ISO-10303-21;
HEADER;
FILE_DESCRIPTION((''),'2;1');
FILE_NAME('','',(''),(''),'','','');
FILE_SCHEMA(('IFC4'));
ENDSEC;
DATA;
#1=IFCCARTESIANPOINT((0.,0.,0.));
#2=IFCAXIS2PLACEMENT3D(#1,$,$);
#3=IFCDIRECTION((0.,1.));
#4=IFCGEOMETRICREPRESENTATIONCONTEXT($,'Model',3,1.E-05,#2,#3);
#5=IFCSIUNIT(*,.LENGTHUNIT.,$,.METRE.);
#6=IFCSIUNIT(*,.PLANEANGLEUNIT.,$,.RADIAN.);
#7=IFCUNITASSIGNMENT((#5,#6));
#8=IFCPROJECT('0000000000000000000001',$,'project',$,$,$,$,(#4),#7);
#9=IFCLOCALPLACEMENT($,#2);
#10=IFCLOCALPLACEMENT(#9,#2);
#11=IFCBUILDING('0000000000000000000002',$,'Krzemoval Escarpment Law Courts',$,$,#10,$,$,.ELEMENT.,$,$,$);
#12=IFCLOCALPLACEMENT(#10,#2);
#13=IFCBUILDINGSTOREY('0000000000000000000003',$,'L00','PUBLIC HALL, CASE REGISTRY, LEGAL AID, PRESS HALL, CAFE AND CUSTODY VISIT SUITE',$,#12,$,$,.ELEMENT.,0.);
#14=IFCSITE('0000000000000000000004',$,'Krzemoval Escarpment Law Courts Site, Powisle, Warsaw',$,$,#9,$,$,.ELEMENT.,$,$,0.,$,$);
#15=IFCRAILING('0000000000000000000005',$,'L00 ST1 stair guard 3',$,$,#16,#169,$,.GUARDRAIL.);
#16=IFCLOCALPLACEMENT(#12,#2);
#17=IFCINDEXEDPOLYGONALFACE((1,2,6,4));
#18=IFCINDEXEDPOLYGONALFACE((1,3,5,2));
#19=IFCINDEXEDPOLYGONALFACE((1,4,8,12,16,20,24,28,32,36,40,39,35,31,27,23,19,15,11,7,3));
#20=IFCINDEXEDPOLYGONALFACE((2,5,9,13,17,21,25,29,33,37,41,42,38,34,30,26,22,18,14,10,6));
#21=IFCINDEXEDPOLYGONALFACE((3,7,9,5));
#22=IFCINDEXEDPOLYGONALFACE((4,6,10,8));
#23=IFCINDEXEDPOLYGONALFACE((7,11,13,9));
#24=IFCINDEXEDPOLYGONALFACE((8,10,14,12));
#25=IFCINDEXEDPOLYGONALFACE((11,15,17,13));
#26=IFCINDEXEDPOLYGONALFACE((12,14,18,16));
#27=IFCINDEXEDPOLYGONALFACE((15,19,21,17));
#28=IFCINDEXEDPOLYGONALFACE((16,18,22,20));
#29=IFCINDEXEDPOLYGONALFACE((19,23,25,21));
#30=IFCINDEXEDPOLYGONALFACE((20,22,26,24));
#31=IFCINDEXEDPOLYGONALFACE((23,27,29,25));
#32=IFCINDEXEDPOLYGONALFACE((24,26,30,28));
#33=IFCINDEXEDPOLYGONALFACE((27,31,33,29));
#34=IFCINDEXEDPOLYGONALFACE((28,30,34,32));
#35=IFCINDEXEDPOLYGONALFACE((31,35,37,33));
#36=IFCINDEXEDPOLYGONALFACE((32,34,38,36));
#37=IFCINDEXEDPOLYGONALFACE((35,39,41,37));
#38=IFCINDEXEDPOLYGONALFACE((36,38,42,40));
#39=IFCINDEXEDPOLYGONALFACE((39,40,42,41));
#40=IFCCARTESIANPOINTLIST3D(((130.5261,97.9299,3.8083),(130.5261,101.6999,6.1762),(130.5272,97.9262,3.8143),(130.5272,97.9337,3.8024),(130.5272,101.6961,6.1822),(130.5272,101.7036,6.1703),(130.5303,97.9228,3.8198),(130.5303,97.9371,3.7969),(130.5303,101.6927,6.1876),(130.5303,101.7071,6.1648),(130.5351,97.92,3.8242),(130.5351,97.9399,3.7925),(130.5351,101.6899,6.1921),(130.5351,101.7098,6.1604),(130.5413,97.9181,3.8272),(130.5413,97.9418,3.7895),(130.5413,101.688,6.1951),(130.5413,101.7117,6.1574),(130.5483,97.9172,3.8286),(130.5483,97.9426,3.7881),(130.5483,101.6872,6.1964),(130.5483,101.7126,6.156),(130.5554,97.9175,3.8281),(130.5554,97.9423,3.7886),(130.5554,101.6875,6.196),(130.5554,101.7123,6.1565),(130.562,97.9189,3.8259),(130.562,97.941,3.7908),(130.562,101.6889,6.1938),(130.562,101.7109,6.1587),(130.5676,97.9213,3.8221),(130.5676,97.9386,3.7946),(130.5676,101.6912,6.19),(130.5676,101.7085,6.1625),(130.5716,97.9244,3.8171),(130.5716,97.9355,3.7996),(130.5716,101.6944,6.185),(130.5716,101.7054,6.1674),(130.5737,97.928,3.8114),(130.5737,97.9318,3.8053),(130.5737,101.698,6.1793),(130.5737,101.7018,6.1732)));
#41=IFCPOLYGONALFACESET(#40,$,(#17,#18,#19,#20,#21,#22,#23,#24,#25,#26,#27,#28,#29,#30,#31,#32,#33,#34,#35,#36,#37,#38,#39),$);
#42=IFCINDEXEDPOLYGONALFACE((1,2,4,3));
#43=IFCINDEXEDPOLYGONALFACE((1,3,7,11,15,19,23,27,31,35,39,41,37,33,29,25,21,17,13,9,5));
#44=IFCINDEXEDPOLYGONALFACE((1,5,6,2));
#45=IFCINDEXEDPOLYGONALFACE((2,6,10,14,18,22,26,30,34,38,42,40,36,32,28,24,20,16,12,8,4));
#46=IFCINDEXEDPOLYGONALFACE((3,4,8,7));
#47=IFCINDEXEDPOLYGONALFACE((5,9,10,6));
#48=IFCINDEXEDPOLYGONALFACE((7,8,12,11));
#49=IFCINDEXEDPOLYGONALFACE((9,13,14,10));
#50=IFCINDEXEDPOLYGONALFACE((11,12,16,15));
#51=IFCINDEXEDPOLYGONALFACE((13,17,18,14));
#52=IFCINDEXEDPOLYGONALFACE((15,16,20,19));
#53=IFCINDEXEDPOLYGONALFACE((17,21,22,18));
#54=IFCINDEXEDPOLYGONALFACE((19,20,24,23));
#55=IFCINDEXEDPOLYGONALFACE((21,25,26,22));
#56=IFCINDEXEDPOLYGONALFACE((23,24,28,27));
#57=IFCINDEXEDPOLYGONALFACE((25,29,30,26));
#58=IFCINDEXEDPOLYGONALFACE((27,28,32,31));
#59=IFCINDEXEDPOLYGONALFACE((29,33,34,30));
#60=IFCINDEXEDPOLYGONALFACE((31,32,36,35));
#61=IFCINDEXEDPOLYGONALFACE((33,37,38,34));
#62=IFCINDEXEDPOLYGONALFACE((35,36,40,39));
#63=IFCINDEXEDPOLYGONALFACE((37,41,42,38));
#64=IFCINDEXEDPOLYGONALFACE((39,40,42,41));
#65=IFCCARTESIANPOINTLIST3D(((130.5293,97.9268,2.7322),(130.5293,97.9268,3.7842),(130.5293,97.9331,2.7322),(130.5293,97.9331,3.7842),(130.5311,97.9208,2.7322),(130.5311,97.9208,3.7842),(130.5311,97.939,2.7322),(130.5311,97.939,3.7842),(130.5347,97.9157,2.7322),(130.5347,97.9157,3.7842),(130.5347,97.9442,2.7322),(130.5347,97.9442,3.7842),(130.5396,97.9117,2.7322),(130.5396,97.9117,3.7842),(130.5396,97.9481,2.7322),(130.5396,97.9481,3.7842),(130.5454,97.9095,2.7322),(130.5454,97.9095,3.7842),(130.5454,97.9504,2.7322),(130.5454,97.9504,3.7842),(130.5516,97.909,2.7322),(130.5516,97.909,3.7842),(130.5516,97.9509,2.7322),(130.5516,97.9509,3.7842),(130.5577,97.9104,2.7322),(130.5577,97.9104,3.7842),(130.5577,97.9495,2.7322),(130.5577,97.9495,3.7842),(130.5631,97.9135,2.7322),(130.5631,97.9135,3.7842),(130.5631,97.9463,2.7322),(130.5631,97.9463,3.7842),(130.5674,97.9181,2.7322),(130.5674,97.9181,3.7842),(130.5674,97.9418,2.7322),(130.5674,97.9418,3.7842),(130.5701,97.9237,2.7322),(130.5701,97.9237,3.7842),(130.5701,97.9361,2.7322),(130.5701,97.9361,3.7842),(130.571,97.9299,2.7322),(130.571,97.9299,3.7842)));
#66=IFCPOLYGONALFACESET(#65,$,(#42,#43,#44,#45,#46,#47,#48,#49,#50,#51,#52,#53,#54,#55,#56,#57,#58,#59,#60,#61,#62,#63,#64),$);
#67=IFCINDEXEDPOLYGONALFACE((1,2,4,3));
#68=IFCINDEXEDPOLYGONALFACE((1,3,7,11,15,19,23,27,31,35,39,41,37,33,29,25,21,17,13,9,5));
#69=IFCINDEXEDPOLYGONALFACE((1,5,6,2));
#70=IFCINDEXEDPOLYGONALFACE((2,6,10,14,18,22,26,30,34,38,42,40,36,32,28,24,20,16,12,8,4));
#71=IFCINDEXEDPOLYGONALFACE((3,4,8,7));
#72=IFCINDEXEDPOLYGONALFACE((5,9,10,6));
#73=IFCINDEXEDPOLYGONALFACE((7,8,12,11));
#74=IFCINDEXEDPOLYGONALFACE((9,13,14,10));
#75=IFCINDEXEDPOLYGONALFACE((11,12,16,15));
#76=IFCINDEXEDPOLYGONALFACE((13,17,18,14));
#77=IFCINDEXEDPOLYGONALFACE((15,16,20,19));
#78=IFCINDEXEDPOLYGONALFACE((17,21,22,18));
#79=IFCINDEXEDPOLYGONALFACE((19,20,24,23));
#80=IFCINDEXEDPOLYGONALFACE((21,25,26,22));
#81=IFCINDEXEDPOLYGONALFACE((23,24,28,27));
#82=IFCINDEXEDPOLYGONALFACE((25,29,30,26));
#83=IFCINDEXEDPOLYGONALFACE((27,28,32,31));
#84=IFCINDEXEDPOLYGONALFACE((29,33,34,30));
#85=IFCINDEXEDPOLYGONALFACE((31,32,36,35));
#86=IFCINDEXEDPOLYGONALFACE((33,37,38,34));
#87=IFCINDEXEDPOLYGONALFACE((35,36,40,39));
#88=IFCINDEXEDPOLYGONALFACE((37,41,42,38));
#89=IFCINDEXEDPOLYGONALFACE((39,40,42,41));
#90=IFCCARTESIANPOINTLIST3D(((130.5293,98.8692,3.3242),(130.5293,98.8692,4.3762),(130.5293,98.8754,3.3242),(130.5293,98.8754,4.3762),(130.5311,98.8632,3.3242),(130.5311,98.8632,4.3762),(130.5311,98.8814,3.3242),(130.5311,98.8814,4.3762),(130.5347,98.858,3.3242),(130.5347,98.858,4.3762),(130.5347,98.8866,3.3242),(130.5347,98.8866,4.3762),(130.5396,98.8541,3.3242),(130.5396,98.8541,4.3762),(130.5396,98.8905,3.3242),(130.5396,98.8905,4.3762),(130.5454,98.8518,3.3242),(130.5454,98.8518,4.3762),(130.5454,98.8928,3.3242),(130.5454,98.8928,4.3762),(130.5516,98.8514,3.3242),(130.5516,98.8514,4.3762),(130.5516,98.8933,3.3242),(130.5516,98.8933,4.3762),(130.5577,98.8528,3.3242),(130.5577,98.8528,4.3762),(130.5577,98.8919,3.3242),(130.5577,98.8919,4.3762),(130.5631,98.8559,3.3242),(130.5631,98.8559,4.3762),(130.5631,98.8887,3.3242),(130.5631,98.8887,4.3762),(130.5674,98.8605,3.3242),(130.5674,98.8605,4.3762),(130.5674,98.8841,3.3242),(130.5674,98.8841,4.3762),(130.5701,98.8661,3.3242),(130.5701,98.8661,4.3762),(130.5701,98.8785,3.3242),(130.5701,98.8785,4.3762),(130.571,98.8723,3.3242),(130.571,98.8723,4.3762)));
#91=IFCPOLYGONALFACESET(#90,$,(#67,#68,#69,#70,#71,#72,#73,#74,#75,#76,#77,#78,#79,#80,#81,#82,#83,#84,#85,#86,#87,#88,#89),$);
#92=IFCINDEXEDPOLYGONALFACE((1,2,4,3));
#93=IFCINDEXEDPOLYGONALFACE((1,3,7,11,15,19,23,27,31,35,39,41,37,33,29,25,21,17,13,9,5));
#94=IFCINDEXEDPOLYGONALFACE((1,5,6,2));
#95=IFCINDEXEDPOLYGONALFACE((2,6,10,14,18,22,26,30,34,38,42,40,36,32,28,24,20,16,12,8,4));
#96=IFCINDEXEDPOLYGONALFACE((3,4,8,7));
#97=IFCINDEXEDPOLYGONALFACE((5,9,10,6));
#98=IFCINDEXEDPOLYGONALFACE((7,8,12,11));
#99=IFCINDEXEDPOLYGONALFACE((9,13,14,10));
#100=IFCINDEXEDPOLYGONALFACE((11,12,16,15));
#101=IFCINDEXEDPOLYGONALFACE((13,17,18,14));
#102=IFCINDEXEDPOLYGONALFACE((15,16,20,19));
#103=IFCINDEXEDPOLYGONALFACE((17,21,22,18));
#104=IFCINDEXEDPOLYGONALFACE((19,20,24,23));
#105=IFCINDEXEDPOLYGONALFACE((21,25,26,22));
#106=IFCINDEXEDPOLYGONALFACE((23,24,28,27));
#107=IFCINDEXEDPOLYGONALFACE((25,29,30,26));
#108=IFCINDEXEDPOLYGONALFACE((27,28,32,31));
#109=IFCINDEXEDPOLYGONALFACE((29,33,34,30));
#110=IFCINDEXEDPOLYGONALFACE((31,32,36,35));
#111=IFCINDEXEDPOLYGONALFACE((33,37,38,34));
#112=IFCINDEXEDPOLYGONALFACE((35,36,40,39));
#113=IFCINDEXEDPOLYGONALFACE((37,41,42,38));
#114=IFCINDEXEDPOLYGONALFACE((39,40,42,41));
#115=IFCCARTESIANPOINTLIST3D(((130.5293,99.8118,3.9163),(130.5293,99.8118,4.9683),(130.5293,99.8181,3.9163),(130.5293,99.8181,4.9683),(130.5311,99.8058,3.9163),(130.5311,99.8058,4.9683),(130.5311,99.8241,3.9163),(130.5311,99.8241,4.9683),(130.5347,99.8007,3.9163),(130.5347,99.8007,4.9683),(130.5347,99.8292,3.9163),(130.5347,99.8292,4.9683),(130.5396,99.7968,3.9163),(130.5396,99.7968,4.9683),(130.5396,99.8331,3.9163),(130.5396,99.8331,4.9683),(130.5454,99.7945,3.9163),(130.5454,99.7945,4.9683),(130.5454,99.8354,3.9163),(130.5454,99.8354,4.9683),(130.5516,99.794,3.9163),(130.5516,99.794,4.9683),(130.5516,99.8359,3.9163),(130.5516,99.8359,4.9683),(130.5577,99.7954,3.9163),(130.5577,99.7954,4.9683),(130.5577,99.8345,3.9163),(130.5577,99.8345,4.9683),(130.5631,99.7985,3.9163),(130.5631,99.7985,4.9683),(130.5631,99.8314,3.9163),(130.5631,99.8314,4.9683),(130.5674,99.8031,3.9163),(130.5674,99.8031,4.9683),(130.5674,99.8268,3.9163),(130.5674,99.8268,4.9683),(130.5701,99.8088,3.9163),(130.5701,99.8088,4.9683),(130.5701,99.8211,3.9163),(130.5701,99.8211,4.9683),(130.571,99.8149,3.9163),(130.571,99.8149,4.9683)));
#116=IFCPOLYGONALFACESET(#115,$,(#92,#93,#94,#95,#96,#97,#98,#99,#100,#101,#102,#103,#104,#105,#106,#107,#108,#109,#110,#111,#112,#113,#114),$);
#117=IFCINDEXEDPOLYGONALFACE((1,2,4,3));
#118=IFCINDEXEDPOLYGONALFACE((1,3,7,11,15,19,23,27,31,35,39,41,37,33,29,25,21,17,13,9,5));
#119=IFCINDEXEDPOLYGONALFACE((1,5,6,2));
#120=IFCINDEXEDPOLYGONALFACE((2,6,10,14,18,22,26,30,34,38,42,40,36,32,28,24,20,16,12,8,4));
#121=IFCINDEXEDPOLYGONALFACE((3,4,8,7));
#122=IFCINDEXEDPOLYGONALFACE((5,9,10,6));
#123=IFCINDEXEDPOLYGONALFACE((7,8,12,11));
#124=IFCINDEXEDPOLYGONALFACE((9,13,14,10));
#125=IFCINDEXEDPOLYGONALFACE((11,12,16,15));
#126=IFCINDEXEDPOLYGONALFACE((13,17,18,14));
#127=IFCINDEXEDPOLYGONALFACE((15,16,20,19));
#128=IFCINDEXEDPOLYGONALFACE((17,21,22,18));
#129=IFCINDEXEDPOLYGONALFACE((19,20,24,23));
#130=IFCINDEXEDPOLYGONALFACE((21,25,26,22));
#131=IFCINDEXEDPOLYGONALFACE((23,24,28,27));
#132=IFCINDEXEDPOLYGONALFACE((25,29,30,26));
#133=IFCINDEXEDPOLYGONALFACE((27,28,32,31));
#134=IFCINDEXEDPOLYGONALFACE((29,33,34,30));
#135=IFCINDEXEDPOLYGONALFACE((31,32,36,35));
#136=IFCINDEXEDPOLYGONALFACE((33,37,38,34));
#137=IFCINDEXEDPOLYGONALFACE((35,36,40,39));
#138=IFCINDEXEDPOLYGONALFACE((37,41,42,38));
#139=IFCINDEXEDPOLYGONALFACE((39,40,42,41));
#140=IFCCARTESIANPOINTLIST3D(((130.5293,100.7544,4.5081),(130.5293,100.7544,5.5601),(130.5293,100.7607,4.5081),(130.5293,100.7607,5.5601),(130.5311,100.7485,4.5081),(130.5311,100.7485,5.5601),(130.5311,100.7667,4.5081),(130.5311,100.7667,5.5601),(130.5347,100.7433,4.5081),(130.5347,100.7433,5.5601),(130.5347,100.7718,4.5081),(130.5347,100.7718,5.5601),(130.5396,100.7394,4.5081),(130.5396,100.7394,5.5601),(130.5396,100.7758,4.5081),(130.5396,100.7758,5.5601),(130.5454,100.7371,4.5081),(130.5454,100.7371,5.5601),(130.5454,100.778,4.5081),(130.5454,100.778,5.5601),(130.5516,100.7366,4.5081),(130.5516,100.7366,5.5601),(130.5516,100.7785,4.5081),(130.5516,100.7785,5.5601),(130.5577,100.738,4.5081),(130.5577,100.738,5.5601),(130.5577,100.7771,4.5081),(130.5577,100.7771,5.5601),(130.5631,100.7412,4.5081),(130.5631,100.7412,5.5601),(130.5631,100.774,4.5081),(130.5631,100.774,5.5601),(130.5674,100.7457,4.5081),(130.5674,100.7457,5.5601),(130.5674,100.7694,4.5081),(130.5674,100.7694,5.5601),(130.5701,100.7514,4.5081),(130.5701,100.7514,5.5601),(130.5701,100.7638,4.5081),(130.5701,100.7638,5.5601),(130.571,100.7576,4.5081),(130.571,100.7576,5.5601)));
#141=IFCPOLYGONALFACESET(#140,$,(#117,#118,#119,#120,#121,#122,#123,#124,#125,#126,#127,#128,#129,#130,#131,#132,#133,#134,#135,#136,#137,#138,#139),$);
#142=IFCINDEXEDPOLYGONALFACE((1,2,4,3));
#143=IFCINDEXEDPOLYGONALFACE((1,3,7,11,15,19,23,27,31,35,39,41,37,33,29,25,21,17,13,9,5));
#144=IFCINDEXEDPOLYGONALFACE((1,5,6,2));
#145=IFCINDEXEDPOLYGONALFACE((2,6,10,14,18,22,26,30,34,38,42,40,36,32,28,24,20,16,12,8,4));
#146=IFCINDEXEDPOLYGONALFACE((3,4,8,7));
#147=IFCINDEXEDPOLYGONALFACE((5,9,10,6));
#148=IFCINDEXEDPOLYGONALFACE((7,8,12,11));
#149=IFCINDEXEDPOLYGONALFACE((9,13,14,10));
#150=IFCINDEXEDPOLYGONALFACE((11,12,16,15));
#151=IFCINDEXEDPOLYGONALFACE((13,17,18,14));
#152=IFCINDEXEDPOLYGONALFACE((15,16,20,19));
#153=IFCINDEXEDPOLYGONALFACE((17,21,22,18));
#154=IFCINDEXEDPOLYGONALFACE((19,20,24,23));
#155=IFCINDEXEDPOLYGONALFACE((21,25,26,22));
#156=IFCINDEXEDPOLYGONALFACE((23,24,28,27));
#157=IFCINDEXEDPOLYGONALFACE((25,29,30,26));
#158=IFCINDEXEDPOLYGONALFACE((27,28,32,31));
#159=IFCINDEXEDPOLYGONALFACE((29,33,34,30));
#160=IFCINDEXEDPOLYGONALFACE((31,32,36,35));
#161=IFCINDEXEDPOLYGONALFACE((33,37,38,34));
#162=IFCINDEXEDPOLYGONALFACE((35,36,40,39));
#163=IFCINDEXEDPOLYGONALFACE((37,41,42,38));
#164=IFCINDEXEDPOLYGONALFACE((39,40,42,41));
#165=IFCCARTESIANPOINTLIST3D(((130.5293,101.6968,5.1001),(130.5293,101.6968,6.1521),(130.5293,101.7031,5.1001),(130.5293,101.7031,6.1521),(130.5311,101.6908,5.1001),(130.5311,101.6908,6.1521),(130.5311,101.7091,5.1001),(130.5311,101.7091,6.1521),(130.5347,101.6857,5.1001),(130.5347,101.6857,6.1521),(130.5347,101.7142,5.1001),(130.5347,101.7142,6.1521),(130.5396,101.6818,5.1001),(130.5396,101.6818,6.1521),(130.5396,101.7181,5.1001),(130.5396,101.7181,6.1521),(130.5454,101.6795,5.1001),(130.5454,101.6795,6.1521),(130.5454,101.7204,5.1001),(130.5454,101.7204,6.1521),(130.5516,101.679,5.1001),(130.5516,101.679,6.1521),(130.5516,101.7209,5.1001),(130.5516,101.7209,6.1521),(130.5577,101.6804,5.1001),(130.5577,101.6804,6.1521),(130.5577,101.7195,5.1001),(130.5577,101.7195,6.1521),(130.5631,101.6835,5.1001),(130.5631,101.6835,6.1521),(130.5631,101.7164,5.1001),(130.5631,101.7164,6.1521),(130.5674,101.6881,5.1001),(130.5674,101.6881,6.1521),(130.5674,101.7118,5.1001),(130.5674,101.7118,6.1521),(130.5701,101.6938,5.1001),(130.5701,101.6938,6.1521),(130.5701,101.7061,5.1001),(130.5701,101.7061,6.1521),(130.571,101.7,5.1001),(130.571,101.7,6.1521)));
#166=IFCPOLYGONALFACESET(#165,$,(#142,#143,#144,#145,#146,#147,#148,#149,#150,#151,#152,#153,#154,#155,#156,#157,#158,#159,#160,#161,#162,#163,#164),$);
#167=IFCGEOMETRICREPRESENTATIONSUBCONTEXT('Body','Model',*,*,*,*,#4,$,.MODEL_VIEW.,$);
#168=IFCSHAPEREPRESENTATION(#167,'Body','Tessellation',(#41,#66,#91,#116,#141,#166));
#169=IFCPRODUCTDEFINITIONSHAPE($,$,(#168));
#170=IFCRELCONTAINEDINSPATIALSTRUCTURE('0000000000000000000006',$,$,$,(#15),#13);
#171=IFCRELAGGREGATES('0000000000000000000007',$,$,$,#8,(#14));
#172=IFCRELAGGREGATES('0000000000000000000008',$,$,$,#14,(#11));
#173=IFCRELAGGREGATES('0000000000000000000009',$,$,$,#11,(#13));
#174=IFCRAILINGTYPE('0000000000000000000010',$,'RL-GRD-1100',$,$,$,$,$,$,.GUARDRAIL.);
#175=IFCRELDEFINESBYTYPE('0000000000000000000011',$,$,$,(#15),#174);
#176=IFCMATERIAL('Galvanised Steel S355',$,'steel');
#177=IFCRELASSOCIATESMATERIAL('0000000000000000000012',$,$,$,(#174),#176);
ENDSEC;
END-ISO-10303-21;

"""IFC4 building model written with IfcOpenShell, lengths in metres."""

from ifc_helpers import new_model, si_unit, direction, frame, origin, origin_2d, place, context, subcontext, project, spatial, circle, extrude, material, type_object, element, save


model = new_model("IFC4")

# Units and contexts
model_context = context("Model", 3, precision=1e-05, world=origin(), true_north=direction((0.0, 1.0)))
body_context = subcontext(model_context, "Body", "Model", "MODEL_VIEW")
ifc_project = project(units=[si_unit("LENGTHUNIT", "METRE"), si_unit("PLANEANGLEUNIT", "RADIAN")], contexts=[model_context])

# Site, building, storey
site_placement = place(None, origin())
site = spatial("IfcSite", under=ifc_project, at=site_placement, Name="Krzemoval Escarpment Law Courts Site, Powisle, Warsaw", CompositionType="ELEMENT", RefElevation=0.0)
building_placement = place(site_placement, origin())
building = spatial("IfcBuilding", under=site, at=building_placement, Name="Krzemoval Escarpment Law Courts", CompositionType="ELEMENT")
storey_placement = place(building_placement, origin())
storey = spatial("IfcBuildingStorey", under=building, at=storey_placement, Name="L00", Description="PUBLIC HALL, CASE REGISTRY, LEGAL AID, PRESS HALL, CAFE AND CUSTODY VISIT SUITE", CompositionType="ELEMENT", Elevation=0.0)

# Railing
ifc_material_1 = material(Name="Galvanised Steel S355", Category="steel")
railing_type_1 = type_object("IfcRailingType", Name="RL-GRD-1100", PredefinedType="GUARDRAIL", material=ifc_material_1)
railing_1_placement = place(storey_placement, frame((130.55, 97.9299, 2.7322)))
element("IfcRailing", 1, at=railing_1_placement, inside=storey, type_object=railing_type_1, Name="L00 ST1 stair guard 3", PredefinedType="GUARDRAIL", context=body_context, shape_type="SweptSolid", body=[
    extrude(circle(Radius=0.0239, at=origin_2d()), frame((0.0, 0.0, 1.0762), z_axis=(0.0, 0.846819, 0.531881), x_axis=(-1.0, 0.0, 0.0)), (0.0, 0.0, 1.0), 4.4519),
    extrude(circle(Radius=0.021, at=origin_2d()), origin(), (0.0, 0.0, 1.0), 1.052),
    extrude(circle(Radius=0.021, at=origin_2d()), frame((0.0, 0.9424, 0.592)), (0.0, 0.0, 1.0), 1.052),
    extrude(circle(Radius=0.021, at=origin_2d()), frame((0.0, 1.885, 1.1841)), (0.0, 0.0, 1.0), 1.052),
    extrude(circle(Radius=0.021, at=origin_2d()), frame((0.0, 2.8276, 1.7759)), (0.0, 0.0, 1.0), 1.052),
    extrude(circle(Radius=0.021, at=origin_2d()), frame((0.0, 3.77, 2.3679)), (0.0, 0.0, 1.0), 1.052),
])

save(model, "model.ifc")
